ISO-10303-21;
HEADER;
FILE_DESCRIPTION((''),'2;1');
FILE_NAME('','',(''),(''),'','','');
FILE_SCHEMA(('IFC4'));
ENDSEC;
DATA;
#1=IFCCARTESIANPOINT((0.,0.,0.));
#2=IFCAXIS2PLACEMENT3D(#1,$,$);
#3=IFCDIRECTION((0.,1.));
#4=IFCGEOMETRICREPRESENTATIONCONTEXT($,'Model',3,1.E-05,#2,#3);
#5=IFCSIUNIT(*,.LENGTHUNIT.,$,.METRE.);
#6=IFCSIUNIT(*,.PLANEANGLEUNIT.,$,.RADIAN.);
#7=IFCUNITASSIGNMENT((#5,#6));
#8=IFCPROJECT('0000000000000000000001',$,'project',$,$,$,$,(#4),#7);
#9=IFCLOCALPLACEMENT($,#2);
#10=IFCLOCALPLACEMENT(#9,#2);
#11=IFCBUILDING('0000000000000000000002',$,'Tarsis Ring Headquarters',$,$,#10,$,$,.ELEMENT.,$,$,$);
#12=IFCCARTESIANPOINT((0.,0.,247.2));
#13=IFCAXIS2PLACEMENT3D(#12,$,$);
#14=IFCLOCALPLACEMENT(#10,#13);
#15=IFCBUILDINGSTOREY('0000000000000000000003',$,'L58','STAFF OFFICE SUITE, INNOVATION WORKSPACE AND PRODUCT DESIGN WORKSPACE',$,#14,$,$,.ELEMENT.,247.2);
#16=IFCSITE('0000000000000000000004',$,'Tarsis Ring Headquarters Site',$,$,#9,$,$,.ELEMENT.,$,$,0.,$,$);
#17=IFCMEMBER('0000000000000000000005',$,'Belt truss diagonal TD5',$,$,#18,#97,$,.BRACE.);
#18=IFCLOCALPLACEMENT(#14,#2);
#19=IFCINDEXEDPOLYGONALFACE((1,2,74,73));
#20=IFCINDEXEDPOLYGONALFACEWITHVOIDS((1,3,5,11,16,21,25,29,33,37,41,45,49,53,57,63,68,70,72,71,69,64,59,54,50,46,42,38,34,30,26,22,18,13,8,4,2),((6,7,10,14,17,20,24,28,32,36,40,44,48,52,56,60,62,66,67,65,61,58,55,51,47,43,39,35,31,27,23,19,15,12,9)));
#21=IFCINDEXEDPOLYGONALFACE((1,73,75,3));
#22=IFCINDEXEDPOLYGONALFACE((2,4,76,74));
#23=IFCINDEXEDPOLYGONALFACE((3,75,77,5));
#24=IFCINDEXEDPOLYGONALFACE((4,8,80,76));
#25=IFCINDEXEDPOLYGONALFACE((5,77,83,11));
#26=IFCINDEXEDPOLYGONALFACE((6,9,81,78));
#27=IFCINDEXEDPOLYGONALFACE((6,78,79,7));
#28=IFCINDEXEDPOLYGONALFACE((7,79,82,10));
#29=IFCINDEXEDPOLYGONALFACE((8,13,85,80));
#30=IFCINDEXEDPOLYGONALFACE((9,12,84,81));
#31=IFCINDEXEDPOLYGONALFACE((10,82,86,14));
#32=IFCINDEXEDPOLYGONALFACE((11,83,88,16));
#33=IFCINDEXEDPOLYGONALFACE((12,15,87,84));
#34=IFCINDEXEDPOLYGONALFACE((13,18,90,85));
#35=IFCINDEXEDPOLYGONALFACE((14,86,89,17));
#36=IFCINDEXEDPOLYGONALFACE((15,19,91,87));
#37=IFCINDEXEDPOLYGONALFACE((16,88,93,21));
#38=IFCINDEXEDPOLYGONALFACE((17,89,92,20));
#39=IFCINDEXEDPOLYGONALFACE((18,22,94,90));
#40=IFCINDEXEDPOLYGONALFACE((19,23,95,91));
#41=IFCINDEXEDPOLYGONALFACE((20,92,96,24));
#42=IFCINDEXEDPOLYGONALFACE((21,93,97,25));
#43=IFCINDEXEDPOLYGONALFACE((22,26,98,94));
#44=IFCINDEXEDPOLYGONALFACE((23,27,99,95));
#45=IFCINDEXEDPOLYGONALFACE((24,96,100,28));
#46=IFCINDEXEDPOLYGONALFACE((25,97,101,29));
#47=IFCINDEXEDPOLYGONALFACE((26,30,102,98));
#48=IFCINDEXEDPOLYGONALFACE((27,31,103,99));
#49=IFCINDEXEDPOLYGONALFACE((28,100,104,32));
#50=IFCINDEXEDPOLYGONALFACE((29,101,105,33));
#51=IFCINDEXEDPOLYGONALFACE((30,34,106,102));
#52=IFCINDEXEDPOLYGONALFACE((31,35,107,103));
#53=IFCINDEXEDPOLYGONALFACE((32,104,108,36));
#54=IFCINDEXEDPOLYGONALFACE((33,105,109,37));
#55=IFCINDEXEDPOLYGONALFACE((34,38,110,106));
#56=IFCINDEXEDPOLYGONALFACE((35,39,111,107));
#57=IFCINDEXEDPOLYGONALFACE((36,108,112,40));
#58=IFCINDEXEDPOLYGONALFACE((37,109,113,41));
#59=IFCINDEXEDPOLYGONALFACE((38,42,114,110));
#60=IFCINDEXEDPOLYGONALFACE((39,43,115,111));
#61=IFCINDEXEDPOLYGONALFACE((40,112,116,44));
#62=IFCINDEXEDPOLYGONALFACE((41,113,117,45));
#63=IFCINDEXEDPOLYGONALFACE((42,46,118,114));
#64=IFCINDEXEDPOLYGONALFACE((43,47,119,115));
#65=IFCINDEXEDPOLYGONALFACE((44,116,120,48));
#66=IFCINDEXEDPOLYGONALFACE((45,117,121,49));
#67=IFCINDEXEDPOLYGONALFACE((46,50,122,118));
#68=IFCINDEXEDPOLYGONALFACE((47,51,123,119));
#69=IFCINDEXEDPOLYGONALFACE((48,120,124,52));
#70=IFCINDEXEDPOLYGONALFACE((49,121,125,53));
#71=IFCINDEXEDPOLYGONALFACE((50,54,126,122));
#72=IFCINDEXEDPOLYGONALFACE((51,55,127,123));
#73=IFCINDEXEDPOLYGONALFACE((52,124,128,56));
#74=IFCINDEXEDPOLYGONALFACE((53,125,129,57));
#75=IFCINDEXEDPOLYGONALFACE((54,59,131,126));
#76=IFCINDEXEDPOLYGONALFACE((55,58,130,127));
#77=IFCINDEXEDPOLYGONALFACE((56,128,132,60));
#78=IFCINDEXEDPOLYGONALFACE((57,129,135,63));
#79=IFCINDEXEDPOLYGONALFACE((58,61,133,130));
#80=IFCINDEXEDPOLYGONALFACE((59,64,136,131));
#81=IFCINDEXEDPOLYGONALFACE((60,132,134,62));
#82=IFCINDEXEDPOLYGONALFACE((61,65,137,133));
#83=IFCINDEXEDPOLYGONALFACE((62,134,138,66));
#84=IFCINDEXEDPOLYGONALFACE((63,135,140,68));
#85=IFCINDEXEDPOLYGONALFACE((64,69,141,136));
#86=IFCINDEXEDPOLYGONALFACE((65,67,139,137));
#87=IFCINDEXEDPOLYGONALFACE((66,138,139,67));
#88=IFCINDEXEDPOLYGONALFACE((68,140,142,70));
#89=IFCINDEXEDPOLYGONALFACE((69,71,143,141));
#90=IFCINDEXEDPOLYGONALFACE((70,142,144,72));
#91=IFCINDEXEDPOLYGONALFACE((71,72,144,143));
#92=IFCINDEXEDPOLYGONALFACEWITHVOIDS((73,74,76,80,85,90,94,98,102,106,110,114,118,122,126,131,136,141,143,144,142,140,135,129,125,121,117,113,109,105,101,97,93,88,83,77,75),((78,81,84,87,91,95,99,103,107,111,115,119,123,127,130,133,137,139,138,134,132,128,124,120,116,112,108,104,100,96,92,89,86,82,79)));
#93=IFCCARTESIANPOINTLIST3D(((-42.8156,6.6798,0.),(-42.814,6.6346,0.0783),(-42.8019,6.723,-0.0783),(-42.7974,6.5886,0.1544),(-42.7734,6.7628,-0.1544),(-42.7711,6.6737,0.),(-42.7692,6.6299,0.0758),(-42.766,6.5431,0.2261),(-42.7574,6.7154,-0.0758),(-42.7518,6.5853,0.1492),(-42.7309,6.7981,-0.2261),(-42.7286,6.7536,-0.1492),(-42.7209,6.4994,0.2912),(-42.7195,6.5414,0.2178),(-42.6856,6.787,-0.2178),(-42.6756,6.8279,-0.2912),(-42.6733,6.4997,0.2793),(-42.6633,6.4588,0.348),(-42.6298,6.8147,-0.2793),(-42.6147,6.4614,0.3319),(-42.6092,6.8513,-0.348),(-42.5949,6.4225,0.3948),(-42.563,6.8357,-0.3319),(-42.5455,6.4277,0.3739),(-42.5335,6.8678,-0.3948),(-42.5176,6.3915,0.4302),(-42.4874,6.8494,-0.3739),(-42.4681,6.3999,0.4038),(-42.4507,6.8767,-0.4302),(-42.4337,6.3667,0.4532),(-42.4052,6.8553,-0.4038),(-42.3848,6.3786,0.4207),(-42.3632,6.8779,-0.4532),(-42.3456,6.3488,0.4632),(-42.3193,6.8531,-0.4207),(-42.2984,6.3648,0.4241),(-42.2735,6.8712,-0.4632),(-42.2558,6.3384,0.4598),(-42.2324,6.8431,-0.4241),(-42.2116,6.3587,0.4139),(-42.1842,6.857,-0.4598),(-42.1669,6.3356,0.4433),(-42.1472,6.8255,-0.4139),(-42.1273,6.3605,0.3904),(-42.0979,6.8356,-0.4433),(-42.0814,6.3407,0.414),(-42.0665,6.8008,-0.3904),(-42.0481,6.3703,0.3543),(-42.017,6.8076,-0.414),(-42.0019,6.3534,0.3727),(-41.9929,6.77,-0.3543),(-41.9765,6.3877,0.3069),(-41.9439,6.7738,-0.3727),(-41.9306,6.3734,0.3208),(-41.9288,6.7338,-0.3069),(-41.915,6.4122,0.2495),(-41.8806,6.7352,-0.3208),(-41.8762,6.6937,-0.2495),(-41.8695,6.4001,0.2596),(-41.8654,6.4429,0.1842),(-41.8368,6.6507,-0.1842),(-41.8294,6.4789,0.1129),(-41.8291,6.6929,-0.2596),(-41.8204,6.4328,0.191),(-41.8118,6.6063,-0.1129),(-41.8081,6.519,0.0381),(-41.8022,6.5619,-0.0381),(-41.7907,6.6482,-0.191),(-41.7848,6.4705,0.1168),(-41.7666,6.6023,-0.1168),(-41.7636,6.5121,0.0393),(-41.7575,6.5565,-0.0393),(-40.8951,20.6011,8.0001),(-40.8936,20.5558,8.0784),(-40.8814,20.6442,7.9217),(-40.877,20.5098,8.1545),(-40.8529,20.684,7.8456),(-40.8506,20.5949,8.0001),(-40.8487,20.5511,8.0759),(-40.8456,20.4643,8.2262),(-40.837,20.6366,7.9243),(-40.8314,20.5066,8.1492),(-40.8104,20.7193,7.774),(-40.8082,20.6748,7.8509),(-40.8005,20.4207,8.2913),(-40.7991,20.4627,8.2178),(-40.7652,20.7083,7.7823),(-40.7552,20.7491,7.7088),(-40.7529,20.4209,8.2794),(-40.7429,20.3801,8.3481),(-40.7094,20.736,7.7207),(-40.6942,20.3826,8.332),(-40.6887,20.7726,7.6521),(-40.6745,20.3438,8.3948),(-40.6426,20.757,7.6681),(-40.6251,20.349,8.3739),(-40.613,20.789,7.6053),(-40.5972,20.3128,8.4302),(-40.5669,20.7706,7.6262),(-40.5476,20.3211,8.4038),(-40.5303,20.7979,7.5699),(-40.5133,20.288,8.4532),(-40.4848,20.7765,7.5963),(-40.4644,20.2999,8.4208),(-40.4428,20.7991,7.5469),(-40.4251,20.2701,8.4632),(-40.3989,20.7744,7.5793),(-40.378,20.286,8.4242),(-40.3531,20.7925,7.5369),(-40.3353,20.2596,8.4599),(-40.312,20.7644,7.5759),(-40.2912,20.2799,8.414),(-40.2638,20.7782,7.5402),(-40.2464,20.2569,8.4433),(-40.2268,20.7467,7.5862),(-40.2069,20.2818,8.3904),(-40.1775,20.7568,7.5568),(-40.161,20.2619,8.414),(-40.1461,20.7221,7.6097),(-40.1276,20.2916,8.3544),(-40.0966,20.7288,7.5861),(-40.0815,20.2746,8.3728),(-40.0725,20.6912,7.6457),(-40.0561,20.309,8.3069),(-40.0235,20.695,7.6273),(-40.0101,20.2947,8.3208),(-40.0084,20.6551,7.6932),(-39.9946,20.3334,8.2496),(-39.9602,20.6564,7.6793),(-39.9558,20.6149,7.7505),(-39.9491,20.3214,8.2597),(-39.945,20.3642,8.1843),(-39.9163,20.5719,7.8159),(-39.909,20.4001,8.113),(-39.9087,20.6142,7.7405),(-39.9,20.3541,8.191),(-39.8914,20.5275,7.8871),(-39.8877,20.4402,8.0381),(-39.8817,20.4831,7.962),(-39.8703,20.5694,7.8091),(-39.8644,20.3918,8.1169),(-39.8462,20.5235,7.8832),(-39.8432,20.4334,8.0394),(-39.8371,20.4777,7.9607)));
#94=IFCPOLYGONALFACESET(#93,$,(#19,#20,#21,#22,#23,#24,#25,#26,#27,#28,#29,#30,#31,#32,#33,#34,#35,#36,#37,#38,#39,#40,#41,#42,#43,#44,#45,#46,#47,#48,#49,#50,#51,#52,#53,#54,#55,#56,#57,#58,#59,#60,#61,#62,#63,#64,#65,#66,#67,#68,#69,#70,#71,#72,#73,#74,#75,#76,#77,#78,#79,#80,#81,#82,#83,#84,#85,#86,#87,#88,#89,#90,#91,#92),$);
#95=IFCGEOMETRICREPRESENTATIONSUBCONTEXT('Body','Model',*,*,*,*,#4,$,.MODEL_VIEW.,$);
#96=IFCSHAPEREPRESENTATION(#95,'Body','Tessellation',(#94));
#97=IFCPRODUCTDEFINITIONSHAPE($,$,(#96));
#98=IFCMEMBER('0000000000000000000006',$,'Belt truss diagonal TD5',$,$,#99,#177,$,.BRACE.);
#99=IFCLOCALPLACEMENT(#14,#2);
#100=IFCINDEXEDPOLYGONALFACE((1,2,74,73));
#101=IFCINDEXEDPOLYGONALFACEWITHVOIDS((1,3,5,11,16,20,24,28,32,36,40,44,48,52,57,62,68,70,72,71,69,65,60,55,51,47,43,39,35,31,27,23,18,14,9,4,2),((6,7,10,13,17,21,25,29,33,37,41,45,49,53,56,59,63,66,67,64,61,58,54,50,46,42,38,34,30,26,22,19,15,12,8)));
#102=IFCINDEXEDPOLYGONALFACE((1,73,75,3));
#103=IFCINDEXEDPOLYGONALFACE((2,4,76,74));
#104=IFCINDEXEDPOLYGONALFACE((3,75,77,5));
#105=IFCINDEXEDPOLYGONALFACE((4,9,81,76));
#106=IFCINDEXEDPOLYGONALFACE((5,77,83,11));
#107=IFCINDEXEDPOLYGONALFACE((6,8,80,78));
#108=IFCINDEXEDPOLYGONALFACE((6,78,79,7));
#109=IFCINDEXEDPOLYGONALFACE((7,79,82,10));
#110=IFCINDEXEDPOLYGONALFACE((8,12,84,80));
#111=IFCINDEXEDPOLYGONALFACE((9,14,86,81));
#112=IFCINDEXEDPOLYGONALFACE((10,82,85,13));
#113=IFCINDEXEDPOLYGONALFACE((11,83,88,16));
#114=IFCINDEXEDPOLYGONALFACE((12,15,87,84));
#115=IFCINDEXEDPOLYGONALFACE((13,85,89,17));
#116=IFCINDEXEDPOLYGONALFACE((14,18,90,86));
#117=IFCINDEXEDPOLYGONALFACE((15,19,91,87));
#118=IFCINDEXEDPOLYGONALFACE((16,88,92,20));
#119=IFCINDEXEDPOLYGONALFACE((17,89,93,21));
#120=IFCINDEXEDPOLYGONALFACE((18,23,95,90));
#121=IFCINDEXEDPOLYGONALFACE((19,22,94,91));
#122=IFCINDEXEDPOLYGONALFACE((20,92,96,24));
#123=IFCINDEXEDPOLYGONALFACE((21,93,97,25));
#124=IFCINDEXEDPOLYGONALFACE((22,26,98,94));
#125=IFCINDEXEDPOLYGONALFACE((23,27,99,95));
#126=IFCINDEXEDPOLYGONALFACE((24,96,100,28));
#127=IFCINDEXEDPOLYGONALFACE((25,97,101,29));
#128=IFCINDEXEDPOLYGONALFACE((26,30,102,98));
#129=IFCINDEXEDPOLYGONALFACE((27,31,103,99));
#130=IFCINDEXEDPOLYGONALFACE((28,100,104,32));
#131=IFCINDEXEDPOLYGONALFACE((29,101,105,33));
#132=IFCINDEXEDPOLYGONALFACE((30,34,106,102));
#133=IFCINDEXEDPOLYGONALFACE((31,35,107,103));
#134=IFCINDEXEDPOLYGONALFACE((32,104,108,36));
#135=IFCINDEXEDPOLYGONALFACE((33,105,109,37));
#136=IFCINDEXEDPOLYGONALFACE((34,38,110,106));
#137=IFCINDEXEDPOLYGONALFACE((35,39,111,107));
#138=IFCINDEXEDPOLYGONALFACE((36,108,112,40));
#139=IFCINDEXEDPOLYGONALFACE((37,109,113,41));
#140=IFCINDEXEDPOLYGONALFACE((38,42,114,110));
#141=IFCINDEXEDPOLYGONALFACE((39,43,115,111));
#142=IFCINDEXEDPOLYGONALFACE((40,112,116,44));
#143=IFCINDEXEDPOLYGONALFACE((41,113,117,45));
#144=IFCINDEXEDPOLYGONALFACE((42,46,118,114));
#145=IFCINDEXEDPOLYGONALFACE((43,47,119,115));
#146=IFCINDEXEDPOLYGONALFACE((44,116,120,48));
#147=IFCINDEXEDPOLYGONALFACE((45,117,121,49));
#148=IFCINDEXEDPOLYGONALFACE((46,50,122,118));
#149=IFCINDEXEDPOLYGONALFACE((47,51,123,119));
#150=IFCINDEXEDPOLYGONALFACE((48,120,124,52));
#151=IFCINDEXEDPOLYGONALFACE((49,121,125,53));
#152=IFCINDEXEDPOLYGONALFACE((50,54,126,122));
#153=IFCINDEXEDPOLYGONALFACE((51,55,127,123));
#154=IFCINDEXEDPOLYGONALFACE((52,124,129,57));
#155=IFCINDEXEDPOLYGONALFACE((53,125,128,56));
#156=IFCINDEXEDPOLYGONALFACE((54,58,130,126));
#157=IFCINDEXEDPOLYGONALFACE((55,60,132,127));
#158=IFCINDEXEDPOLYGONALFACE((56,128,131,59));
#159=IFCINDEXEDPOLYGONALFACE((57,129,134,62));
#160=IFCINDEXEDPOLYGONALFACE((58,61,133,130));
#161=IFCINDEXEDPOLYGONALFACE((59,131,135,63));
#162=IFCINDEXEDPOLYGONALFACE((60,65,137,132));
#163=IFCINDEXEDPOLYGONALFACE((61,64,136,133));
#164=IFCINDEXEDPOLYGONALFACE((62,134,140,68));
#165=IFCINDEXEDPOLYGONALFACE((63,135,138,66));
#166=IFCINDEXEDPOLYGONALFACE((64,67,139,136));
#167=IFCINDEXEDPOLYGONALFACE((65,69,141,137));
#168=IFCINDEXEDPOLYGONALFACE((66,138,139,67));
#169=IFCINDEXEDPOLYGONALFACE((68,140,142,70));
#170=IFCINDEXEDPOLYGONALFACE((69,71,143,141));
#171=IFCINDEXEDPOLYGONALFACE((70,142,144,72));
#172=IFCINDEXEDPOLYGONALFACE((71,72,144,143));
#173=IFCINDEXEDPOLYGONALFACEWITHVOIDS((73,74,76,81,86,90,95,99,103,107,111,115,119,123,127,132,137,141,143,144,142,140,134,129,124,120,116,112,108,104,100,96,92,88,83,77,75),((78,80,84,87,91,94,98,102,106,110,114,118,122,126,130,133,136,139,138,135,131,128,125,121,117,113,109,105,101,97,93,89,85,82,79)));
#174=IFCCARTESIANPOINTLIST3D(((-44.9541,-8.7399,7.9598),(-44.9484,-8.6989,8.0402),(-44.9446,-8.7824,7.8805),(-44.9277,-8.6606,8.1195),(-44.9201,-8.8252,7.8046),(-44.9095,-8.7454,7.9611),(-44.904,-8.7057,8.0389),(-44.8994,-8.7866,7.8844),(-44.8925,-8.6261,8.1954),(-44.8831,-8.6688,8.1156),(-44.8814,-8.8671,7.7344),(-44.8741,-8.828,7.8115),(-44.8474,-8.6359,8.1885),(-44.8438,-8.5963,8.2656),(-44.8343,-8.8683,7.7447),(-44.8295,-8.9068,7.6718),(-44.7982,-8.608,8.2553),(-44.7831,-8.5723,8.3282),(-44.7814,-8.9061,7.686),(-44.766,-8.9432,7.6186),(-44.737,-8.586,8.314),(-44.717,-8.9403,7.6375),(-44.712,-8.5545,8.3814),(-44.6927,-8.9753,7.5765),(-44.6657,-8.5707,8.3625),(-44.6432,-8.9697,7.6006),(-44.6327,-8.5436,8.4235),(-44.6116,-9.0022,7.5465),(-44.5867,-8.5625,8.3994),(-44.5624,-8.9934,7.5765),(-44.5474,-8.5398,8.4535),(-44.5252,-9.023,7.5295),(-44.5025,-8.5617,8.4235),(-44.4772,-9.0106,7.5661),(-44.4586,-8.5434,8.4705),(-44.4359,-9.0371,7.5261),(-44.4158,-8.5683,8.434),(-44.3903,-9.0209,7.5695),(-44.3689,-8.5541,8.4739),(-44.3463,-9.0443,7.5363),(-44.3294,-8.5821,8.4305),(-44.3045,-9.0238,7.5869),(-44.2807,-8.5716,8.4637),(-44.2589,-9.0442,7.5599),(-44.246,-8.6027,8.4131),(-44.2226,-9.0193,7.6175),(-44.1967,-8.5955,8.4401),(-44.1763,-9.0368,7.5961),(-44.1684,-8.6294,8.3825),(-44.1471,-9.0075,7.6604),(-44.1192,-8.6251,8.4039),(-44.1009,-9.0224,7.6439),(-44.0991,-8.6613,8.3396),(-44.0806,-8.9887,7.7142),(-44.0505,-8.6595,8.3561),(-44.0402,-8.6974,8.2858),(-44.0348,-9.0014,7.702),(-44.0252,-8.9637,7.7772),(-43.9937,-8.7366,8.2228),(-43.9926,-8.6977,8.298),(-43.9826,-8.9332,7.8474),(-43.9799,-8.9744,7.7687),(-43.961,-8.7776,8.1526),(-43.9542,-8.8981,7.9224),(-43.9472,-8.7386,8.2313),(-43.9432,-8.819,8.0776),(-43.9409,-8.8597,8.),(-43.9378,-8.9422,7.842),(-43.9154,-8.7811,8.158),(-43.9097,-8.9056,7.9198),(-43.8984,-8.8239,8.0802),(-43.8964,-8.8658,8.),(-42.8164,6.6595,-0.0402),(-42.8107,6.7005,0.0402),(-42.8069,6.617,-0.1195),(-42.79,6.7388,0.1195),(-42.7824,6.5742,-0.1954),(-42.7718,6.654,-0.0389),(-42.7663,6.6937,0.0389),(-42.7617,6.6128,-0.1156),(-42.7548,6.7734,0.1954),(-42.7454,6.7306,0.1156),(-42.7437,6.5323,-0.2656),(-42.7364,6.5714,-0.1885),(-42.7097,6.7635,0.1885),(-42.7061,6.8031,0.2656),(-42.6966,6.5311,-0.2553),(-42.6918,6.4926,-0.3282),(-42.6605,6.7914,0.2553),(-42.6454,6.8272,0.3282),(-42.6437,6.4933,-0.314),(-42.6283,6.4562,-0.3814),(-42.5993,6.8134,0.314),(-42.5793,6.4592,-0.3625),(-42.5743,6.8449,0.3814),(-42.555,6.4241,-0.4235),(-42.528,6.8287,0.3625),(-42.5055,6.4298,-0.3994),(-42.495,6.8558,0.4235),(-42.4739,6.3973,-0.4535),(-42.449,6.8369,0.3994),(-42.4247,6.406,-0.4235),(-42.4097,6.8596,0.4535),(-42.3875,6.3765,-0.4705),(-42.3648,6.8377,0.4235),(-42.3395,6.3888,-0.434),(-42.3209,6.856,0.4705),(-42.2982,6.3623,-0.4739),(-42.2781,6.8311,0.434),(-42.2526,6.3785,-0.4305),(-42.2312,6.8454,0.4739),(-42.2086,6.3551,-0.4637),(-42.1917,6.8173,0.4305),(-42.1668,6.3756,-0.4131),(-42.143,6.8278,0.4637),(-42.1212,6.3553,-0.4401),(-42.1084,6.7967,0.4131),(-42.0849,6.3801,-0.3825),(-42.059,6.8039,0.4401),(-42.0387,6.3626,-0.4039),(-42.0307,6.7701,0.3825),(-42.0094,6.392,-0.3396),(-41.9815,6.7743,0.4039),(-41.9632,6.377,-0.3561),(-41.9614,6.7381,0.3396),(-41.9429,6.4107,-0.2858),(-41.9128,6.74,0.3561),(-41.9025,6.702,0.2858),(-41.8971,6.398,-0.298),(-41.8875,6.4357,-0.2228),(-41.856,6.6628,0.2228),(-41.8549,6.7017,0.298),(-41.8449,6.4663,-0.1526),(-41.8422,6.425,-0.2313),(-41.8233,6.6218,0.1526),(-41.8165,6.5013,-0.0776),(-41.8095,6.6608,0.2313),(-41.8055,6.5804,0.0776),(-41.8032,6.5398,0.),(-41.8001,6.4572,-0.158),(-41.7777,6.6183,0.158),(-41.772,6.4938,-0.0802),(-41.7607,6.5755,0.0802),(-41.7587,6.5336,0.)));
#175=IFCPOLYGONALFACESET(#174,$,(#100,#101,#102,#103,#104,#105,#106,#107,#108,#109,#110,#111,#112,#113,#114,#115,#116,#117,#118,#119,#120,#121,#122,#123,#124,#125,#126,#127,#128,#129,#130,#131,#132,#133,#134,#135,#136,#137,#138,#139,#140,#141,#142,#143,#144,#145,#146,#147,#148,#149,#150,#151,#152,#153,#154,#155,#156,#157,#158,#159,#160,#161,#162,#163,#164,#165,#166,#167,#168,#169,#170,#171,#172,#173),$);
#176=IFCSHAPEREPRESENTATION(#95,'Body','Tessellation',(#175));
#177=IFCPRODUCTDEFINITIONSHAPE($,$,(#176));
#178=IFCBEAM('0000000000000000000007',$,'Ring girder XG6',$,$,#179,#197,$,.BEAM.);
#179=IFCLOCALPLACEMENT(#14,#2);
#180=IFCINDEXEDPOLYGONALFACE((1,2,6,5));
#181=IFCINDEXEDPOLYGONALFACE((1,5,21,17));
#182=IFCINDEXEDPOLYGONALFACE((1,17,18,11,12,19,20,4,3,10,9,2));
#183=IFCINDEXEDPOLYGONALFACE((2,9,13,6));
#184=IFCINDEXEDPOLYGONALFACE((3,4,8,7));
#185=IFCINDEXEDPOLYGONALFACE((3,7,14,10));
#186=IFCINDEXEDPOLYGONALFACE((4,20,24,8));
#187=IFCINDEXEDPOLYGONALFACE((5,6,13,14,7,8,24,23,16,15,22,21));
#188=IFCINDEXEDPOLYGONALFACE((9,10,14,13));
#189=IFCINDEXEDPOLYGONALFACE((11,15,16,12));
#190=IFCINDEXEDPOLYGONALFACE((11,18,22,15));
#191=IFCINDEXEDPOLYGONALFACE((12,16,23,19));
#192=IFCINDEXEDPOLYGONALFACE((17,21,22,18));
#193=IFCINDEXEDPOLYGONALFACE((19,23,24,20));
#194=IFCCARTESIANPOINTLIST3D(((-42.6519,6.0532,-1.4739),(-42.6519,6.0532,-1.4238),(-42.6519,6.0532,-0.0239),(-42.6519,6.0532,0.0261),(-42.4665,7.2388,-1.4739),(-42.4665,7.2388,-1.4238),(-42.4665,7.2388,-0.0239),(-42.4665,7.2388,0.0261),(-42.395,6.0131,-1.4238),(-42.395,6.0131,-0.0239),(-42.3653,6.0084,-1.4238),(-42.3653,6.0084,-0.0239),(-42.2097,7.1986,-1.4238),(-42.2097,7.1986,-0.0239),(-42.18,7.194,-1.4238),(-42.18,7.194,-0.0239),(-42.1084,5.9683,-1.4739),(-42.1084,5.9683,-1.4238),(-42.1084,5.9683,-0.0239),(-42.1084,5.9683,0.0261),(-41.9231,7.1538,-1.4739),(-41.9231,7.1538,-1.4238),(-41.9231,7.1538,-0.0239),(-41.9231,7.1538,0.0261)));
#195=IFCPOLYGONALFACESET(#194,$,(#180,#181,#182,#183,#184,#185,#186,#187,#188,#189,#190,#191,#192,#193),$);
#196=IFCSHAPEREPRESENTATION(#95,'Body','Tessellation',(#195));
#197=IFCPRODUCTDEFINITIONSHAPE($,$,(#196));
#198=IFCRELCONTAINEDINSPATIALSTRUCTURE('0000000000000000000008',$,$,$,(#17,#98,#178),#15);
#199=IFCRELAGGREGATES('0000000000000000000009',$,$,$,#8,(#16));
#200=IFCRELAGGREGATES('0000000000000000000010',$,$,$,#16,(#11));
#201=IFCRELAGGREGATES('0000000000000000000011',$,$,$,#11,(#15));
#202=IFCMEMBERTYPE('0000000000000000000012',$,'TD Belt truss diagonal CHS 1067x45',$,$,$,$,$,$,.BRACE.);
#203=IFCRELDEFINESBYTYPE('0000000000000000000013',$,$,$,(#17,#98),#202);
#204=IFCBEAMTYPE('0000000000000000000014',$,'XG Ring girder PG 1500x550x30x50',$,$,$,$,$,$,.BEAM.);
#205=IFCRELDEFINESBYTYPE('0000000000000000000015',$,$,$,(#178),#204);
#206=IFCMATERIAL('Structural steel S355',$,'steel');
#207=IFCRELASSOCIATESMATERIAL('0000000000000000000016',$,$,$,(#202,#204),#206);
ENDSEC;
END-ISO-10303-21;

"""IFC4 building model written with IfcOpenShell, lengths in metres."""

from ifc_helpers import new_model, si_unit, direction, frame, origin, origin_2d, place, context, subcontext, project, spatial, hollow_circle, i_section, extrude, material, material_profile, profile_set, type_object, element, save


model = new_model("IFC4")

# Units and contexts
model_context = context("Model", 3, precision=1e-05, world=origin(), true_north=direction((0.0, 1.0)))
body_context = subcontext(model_context, "Body", "Model", "MODEL_VIEW")
ifc_project = project(units=[si_unit("LENGTHUNIT", "METRE"), si_unit("PLANEANGLEUNIT", "RADIAN")], contexts=[model_context])

# Site, building, storey
site_placement = place(None, origin())
site = spatial("IfcSite", under=ifc_project, at=site_placement, Name="Tarsis Ring Headquarters Site", CompositionType="ELEMENT", RefElevation=0.0)
building_placement = place(site_placement, origin())
building = spatial("IfcBuilding", under=site, at=building_placement, Name="Tarsis Ring Headquarters", CompositionType="ELEMENT")
storey_placement = place(building_placement, frame((0.0, 0.0, 247.2)))
storey = spatial("IfcBuildingStorey", under=building, at=storey_placement, Name="L58", Description="STAFF OFFICE SUITE, INNOVATION WORKSPACE AND PRODUCT DESIGN WORKSPACE", CompositionType="ELEMENT", Elevation=247.2)

# Shared definitions
ifc_material_1 = material(Name="Structural steel S355", Category="steel")
ifc_material_profile_1 = material_profile(ifc_material_1, hollow_circle(Radius=0.5334, WallThickness=0.0449, at=origin_2d()), Name="CHS 1067x45")
ifc_profile_set_1 = profile_set([ifc_material_profile_1], Name="Structural steel S355")

# Members
member_type_1 = type_object("IfcMemberType", Name="TD Belt truss diagonal CHS 1067x45", PredefinedType="BRACE", material=ifc_profile_set_1)
member_1_placement = place(storey_placement, frame((-42.2871, 6.6069, 0.0), z_axis=(0.11876, 0.860896, 0.494727), x_axis=(-0.990619, 0.136655, 0.0)))
element("IfcMember", 1, at=member_1_placement, inside=storey, type_object=member_type_1, Name="Belt truss diagonal TD5", PredefinedType="BRACE", context=body_context, shape_type="SweptSolid", body=[
    extrude(hollow_circle(Radius=0.5334, WallThickness=0.0449, at=origin_2d()), origin(), (0.0, 0.0, 1.0), 16.1707),
])
member_2_placement = place(storey_placement, frame((-42.2871, 6.6069, 0.0), z_axis=(-0.122262, -0.880741, 0.457545), x_axis=(0.990502, -0.137498, 0.0)))
element("IfcMember", 2, at=member_2_placement, inside=storey, type_object=member_type_1, Name="Belt truss diagonal TD5", PredefinedType="BRACE", context=body_context, shape_type="SweptSolid", body=[
    extrude(hollow_circle(Radius=0.5334, WallThickness=0.0449, at=origin_2d()), origin(), (0.0, 0.0, 1.0), 17.4846),
])

# Beam
ifc_material_profile_2 = material_profile(ifc_material_1, i_section(OverallWidth=0.55, OverallDepth=1.5, WebThickness=0.03, FlangeThickness=0.05, at=origin_2d()), Name="PG 1500x550x30x50")
ifc_profile_set_2 = profile_set([ifc_material_profile_2], Name="Structural steel S355")
beam_type = type_object("IfcBeamType", Name="XG Ring girder PG 1500x550x30x50", PredefinedType="BEAM", material=ifc_profile_set_2)
beam_1_placement = place(storey_placement, frame((-42.1948, 7.1963, -0.7239), z_axis=(-0.154427, -0.988004, 0.0), x_axis=(0.988004, -0.154427, 0.0)))
element("IfcBeam", 3, at=beam_1_placement, inside=storey, type_object=beam_type, Name="Ring girder XG6", PredefinedType="BEAM", context=body_context, shape_type="SweptSolid", body=[
    extrude(i_section(OverallWidth=0.55, OverallDepth=1.5, WebThickness=0.03, FlangeThickness=0.05, at=origin_2d()), origin(), (0.0, 0.0, 1.0), 1.2),
])

save(model, "model.ifc")
